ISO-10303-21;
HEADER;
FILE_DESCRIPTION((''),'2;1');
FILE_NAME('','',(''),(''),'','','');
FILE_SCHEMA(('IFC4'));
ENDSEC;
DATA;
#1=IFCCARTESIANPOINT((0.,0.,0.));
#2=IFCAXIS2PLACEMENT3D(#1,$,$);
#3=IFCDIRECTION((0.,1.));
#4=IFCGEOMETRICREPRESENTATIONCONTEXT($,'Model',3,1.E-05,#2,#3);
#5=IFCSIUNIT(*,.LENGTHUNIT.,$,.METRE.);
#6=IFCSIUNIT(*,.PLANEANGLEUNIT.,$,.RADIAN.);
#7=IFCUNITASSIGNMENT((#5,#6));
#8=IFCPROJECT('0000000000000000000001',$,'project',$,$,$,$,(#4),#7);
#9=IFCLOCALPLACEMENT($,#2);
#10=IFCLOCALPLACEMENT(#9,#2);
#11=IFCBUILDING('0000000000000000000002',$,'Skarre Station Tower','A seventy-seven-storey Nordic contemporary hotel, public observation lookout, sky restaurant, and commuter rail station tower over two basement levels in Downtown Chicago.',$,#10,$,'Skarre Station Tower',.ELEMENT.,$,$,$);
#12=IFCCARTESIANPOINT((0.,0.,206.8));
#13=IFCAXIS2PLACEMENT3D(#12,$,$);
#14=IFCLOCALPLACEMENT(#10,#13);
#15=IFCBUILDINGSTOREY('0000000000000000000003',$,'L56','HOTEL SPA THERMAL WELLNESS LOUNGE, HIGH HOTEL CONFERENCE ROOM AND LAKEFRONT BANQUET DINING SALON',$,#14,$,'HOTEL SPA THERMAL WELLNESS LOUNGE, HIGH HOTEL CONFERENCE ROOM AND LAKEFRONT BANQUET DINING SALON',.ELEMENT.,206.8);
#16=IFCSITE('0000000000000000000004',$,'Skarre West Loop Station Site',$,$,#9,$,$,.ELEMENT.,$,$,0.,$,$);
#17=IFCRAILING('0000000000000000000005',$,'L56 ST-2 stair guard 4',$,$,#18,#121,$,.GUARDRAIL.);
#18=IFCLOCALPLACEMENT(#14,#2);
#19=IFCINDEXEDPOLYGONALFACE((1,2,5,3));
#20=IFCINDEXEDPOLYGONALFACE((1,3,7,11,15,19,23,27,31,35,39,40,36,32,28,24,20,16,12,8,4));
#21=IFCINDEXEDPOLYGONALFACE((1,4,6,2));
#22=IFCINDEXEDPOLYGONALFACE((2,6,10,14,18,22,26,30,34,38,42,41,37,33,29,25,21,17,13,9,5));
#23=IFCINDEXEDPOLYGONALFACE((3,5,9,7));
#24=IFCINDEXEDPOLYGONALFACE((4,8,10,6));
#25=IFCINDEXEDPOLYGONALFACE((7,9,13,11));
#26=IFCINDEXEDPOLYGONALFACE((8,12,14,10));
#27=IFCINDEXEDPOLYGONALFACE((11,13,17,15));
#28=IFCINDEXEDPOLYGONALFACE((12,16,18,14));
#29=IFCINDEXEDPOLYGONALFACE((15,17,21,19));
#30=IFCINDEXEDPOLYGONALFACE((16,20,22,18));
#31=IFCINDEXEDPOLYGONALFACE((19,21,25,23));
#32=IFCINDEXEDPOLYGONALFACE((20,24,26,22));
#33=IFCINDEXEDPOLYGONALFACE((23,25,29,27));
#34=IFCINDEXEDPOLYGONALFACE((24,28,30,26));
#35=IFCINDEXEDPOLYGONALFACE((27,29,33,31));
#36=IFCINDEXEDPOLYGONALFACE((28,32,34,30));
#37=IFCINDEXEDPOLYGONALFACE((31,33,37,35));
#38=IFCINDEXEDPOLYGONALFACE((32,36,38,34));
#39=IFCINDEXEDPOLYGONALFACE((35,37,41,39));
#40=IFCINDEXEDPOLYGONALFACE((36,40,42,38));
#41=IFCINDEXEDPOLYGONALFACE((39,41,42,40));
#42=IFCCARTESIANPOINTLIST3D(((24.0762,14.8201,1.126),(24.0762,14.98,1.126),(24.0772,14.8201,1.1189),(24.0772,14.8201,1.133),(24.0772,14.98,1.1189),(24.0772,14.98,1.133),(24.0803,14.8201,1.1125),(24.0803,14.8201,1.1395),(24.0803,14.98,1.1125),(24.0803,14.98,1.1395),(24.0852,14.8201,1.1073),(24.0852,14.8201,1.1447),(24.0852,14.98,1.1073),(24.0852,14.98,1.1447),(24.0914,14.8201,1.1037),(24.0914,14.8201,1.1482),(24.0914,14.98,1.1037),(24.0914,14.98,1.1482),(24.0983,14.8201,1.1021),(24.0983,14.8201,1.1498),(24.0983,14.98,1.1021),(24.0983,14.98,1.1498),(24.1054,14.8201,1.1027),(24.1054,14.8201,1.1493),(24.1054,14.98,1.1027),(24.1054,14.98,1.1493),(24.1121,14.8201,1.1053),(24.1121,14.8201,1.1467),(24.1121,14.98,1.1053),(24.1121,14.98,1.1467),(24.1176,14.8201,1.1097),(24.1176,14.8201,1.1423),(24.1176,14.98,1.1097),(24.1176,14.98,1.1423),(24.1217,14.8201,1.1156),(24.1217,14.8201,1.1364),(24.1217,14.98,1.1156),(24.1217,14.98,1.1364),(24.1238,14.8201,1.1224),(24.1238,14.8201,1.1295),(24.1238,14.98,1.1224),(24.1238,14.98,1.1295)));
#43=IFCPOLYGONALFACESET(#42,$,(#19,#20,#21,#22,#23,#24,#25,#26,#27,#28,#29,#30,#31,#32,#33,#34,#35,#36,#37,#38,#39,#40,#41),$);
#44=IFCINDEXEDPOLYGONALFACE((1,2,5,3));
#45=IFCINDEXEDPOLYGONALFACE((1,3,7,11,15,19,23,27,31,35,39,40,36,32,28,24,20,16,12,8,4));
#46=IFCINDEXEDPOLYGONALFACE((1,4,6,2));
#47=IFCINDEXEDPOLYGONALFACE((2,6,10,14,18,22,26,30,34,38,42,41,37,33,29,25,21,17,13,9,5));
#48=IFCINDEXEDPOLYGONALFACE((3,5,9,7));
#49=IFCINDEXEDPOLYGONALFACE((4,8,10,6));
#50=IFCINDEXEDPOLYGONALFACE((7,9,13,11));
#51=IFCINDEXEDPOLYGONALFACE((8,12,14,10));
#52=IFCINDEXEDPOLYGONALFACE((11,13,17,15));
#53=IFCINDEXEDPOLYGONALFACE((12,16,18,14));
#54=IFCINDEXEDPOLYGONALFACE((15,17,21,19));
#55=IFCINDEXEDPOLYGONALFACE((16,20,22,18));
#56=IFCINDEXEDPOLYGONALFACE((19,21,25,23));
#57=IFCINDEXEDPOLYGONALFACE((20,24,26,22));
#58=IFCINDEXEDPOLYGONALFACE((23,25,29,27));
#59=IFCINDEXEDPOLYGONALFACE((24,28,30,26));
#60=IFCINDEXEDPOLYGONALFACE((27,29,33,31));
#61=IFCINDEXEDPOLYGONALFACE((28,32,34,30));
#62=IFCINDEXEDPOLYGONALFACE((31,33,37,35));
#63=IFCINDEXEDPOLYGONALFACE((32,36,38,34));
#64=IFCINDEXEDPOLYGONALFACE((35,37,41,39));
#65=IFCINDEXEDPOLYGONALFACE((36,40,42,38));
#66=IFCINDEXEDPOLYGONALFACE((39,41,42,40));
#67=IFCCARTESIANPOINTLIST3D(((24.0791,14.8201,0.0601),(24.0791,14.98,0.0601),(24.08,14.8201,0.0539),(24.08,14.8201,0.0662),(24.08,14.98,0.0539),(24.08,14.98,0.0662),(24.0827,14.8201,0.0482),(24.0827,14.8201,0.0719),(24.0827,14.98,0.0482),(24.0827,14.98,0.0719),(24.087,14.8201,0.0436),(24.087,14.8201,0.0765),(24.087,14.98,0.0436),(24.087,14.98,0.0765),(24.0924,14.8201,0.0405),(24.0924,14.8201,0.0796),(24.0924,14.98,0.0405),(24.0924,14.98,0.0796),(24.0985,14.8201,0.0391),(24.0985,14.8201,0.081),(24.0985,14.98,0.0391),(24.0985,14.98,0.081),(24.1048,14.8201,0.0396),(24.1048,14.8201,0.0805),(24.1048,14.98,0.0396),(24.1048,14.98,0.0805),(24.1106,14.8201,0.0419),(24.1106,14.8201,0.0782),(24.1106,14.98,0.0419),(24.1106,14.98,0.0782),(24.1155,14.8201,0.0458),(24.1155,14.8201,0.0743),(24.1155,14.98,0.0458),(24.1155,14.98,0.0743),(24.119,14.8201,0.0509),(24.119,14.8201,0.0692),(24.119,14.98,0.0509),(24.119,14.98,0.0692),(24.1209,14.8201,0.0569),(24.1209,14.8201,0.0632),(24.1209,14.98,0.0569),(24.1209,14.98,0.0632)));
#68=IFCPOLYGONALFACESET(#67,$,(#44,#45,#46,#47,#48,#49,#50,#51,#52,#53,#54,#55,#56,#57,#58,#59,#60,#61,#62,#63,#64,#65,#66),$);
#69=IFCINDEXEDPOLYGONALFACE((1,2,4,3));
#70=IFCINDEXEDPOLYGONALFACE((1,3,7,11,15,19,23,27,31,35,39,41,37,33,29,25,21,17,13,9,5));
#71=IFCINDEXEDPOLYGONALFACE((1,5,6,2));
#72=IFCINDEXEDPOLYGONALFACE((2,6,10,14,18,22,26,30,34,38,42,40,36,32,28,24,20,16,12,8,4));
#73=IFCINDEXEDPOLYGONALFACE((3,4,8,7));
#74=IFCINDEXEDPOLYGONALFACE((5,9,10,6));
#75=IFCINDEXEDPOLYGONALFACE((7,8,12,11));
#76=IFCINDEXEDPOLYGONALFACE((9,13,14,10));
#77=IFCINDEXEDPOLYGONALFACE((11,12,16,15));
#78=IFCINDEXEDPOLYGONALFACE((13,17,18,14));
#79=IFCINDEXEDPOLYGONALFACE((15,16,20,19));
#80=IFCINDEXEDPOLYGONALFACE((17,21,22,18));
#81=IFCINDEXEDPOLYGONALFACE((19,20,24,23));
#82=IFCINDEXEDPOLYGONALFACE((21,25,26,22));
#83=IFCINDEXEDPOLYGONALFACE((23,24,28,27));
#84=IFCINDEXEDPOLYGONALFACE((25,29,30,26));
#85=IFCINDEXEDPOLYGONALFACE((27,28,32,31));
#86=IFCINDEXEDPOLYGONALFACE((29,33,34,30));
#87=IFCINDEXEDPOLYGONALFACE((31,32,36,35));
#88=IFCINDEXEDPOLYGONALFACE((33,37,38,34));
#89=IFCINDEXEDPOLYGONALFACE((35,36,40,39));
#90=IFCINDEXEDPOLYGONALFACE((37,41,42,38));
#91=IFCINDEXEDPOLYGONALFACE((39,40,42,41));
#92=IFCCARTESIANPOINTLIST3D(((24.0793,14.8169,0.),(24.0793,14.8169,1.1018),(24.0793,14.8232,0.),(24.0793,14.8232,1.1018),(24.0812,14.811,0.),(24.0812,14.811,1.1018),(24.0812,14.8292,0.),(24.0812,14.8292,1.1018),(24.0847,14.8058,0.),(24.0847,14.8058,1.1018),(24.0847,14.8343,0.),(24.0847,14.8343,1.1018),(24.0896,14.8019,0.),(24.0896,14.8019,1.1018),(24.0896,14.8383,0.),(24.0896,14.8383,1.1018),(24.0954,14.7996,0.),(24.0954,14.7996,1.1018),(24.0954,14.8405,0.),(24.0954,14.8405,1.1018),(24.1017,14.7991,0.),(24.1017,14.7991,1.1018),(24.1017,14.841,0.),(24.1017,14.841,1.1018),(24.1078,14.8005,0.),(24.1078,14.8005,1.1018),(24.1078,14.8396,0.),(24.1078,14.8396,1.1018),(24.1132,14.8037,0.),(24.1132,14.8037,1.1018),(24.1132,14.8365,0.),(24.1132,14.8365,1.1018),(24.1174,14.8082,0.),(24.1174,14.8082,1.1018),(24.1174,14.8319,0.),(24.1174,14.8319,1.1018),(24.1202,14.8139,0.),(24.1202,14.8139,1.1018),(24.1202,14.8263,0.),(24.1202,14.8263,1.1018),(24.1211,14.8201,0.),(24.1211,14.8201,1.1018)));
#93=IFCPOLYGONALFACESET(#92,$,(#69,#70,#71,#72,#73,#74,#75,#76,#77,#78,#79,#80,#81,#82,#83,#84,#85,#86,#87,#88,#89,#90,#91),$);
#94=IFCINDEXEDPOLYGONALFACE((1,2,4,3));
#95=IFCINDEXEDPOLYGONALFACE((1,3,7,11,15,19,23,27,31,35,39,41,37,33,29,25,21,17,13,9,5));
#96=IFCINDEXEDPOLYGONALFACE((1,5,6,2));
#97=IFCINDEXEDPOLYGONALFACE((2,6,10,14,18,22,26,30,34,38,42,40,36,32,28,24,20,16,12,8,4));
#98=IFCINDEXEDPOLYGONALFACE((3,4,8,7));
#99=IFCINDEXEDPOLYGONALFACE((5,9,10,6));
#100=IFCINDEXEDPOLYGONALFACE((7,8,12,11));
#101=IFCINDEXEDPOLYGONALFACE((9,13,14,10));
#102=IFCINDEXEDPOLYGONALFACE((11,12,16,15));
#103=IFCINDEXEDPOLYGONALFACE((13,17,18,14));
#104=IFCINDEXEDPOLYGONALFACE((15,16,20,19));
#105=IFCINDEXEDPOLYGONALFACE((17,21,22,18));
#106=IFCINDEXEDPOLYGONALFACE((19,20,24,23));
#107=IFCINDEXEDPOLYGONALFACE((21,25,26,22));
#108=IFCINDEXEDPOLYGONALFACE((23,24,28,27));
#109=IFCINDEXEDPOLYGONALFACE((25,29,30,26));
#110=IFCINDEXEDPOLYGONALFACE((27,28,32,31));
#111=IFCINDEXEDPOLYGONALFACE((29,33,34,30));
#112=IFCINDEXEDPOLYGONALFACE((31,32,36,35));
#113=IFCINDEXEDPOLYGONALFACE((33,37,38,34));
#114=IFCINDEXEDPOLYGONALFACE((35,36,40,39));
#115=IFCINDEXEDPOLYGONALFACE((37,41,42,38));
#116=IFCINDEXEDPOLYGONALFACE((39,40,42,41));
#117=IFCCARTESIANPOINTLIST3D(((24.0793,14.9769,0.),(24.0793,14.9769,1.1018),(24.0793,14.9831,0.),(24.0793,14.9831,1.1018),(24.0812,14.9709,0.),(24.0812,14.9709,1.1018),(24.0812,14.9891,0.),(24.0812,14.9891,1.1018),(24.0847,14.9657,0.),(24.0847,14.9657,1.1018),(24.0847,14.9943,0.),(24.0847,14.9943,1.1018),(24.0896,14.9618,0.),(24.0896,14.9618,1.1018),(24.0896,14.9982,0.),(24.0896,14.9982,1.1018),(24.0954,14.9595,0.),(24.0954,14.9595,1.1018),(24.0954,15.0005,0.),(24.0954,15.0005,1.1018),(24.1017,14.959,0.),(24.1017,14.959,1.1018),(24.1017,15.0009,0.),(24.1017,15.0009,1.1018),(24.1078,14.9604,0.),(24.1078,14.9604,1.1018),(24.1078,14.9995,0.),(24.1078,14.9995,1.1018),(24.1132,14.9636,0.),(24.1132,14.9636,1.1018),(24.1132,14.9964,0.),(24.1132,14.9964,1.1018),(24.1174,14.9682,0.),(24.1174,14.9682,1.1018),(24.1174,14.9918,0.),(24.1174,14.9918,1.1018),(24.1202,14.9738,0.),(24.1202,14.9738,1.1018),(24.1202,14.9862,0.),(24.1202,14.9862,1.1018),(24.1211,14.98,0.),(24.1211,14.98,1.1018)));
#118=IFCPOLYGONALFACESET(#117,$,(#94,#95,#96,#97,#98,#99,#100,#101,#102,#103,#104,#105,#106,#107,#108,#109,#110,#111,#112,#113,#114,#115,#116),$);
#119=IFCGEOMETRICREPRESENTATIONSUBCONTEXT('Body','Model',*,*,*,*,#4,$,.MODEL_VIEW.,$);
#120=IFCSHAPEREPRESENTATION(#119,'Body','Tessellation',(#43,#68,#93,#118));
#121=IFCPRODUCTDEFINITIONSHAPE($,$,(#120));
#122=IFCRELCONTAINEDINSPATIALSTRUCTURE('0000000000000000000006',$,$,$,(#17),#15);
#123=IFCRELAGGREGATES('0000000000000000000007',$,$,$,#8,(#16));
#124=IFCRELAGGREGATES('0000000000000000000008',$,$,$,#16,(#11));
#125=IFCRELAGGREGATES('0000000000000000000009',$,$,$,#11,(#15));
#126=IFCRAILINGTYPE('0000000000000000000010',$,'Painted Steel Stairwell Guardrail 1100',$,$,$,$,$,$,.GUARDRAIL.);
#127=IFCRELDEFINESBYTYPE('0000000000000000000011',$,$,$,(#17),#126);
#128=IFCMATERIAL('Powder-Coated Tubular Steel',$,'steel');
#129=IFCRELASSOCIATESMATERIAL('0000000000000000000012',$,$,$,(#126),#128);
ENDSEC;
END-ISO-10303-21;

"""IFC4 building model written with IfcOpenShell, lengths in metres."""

from ifc_helpers import new_model, si_unit, direction, frame, origin, origin_2d, place, context, subcontext, project, spatial, circle, extrude, material, type_object, element, save


model = new_model("IFC4")

# Units and contexts
model_context = context("Model", 3, precision=1e-05, world=origin(), true_north=direction((0.0, 1.0)))
body_context = subcontext(model_context, "Body", "Model", "MODEL_VIEW")
ifc_project = project(units=[si_unit("LENGTHUNIT", "METRE"), si_unit("PLANEANGLEUNIT", "RADIAN")], contexts=[model_context])

# Site, building, storey
site_placement = place(None, origin())
site = spatial("IfcSite", under=ifc_project, at=site_placement, Name="Skarre West Loop Station Site", CompositionType="ELEMENT", RefElevation=0.0)
building_placement = place(site_placement, origin())
building = spatial("IfcBuilding", under=site, at=building_placement, Name="Skarre Station Tower", Description="A seventy-seven-storey Nordic contemporary hotel, public observation lookout, sky restaurant, and commuter rail station tower over two basement levels in Downtown Chicago.", LongName="Skarre Station Tower", CompositionType="ELEMENT")
storey_placement = place(building_placement, frame((0.0, 0.0, 206.8)))
storey = spatial("IfcBuildingStorey", under=building, at=storey_placement, Name="L56", Description="HOTEL SPA THERMAL WELLNESS LOUNGE, HIGH HOTEL CONFERENCE ROOM AND LAKEFRONT BANQUET DINING SALON", LongName="HOTEL SPA THERMAL WELLNESS LOUNGE, HIGH HOTEL CONFERENCE ROOM AND LAKEFRONT BANQUET DINING SALON", CompositionType="ELEMENT", Elevation=206.8)

# Railing
ifc_material_1 = material(Name="Powder-Coated Tubular Steel", Category="steel")
railing_type_1 = type_object("IfcRailingType", Name="Painted Steel Stairwell Guardrail 1100", PredefinedType="GUARDRAIL", material=ifc_material_1)
railing_1_placement = place(storey_placement, frame((24.1001, 14.8201, 0.0)))
element("IfcRailing", 1, at=railing_1_placement, inside=storey, type_object=railing_type_1, Name="L56 ST-2 stair guard 4", PredefinedType="GUARDRAIL", context=body_context, shape_type="SweptSolid", body=[
    extrude(circle(Radius=0.0239, at=origin_2d()), frame((0.0, 0.0, 1.126), z_axis=(0.0, 1.0, 0.0), x_axis=(-1.0, 0.0, 0.0)), (0.0, 0.0, 1.0), 0.1599),
    extrude(circle(Radius=0.021, at=origin_2d()), frame((0.0, 0.0, 0.0601), z_axis=(0.0, 1.0, 0.0), x_axis=(-1.0, 0.0, 0.0)), (0.0, 0.0, 1.0), 0.1599),
    extrude(circle(Radius=0.021, at=origin_2d()), origin(), (0.0, 0.0, 1.0), 1.1018),
    extrude(circle(Radius=0.021, at=origin_2d()), frame((0.0, 0.1599, 0.0)), (0.0, 0.0, 1.0), 1.1018),
])

save(model, "model.ifc")
